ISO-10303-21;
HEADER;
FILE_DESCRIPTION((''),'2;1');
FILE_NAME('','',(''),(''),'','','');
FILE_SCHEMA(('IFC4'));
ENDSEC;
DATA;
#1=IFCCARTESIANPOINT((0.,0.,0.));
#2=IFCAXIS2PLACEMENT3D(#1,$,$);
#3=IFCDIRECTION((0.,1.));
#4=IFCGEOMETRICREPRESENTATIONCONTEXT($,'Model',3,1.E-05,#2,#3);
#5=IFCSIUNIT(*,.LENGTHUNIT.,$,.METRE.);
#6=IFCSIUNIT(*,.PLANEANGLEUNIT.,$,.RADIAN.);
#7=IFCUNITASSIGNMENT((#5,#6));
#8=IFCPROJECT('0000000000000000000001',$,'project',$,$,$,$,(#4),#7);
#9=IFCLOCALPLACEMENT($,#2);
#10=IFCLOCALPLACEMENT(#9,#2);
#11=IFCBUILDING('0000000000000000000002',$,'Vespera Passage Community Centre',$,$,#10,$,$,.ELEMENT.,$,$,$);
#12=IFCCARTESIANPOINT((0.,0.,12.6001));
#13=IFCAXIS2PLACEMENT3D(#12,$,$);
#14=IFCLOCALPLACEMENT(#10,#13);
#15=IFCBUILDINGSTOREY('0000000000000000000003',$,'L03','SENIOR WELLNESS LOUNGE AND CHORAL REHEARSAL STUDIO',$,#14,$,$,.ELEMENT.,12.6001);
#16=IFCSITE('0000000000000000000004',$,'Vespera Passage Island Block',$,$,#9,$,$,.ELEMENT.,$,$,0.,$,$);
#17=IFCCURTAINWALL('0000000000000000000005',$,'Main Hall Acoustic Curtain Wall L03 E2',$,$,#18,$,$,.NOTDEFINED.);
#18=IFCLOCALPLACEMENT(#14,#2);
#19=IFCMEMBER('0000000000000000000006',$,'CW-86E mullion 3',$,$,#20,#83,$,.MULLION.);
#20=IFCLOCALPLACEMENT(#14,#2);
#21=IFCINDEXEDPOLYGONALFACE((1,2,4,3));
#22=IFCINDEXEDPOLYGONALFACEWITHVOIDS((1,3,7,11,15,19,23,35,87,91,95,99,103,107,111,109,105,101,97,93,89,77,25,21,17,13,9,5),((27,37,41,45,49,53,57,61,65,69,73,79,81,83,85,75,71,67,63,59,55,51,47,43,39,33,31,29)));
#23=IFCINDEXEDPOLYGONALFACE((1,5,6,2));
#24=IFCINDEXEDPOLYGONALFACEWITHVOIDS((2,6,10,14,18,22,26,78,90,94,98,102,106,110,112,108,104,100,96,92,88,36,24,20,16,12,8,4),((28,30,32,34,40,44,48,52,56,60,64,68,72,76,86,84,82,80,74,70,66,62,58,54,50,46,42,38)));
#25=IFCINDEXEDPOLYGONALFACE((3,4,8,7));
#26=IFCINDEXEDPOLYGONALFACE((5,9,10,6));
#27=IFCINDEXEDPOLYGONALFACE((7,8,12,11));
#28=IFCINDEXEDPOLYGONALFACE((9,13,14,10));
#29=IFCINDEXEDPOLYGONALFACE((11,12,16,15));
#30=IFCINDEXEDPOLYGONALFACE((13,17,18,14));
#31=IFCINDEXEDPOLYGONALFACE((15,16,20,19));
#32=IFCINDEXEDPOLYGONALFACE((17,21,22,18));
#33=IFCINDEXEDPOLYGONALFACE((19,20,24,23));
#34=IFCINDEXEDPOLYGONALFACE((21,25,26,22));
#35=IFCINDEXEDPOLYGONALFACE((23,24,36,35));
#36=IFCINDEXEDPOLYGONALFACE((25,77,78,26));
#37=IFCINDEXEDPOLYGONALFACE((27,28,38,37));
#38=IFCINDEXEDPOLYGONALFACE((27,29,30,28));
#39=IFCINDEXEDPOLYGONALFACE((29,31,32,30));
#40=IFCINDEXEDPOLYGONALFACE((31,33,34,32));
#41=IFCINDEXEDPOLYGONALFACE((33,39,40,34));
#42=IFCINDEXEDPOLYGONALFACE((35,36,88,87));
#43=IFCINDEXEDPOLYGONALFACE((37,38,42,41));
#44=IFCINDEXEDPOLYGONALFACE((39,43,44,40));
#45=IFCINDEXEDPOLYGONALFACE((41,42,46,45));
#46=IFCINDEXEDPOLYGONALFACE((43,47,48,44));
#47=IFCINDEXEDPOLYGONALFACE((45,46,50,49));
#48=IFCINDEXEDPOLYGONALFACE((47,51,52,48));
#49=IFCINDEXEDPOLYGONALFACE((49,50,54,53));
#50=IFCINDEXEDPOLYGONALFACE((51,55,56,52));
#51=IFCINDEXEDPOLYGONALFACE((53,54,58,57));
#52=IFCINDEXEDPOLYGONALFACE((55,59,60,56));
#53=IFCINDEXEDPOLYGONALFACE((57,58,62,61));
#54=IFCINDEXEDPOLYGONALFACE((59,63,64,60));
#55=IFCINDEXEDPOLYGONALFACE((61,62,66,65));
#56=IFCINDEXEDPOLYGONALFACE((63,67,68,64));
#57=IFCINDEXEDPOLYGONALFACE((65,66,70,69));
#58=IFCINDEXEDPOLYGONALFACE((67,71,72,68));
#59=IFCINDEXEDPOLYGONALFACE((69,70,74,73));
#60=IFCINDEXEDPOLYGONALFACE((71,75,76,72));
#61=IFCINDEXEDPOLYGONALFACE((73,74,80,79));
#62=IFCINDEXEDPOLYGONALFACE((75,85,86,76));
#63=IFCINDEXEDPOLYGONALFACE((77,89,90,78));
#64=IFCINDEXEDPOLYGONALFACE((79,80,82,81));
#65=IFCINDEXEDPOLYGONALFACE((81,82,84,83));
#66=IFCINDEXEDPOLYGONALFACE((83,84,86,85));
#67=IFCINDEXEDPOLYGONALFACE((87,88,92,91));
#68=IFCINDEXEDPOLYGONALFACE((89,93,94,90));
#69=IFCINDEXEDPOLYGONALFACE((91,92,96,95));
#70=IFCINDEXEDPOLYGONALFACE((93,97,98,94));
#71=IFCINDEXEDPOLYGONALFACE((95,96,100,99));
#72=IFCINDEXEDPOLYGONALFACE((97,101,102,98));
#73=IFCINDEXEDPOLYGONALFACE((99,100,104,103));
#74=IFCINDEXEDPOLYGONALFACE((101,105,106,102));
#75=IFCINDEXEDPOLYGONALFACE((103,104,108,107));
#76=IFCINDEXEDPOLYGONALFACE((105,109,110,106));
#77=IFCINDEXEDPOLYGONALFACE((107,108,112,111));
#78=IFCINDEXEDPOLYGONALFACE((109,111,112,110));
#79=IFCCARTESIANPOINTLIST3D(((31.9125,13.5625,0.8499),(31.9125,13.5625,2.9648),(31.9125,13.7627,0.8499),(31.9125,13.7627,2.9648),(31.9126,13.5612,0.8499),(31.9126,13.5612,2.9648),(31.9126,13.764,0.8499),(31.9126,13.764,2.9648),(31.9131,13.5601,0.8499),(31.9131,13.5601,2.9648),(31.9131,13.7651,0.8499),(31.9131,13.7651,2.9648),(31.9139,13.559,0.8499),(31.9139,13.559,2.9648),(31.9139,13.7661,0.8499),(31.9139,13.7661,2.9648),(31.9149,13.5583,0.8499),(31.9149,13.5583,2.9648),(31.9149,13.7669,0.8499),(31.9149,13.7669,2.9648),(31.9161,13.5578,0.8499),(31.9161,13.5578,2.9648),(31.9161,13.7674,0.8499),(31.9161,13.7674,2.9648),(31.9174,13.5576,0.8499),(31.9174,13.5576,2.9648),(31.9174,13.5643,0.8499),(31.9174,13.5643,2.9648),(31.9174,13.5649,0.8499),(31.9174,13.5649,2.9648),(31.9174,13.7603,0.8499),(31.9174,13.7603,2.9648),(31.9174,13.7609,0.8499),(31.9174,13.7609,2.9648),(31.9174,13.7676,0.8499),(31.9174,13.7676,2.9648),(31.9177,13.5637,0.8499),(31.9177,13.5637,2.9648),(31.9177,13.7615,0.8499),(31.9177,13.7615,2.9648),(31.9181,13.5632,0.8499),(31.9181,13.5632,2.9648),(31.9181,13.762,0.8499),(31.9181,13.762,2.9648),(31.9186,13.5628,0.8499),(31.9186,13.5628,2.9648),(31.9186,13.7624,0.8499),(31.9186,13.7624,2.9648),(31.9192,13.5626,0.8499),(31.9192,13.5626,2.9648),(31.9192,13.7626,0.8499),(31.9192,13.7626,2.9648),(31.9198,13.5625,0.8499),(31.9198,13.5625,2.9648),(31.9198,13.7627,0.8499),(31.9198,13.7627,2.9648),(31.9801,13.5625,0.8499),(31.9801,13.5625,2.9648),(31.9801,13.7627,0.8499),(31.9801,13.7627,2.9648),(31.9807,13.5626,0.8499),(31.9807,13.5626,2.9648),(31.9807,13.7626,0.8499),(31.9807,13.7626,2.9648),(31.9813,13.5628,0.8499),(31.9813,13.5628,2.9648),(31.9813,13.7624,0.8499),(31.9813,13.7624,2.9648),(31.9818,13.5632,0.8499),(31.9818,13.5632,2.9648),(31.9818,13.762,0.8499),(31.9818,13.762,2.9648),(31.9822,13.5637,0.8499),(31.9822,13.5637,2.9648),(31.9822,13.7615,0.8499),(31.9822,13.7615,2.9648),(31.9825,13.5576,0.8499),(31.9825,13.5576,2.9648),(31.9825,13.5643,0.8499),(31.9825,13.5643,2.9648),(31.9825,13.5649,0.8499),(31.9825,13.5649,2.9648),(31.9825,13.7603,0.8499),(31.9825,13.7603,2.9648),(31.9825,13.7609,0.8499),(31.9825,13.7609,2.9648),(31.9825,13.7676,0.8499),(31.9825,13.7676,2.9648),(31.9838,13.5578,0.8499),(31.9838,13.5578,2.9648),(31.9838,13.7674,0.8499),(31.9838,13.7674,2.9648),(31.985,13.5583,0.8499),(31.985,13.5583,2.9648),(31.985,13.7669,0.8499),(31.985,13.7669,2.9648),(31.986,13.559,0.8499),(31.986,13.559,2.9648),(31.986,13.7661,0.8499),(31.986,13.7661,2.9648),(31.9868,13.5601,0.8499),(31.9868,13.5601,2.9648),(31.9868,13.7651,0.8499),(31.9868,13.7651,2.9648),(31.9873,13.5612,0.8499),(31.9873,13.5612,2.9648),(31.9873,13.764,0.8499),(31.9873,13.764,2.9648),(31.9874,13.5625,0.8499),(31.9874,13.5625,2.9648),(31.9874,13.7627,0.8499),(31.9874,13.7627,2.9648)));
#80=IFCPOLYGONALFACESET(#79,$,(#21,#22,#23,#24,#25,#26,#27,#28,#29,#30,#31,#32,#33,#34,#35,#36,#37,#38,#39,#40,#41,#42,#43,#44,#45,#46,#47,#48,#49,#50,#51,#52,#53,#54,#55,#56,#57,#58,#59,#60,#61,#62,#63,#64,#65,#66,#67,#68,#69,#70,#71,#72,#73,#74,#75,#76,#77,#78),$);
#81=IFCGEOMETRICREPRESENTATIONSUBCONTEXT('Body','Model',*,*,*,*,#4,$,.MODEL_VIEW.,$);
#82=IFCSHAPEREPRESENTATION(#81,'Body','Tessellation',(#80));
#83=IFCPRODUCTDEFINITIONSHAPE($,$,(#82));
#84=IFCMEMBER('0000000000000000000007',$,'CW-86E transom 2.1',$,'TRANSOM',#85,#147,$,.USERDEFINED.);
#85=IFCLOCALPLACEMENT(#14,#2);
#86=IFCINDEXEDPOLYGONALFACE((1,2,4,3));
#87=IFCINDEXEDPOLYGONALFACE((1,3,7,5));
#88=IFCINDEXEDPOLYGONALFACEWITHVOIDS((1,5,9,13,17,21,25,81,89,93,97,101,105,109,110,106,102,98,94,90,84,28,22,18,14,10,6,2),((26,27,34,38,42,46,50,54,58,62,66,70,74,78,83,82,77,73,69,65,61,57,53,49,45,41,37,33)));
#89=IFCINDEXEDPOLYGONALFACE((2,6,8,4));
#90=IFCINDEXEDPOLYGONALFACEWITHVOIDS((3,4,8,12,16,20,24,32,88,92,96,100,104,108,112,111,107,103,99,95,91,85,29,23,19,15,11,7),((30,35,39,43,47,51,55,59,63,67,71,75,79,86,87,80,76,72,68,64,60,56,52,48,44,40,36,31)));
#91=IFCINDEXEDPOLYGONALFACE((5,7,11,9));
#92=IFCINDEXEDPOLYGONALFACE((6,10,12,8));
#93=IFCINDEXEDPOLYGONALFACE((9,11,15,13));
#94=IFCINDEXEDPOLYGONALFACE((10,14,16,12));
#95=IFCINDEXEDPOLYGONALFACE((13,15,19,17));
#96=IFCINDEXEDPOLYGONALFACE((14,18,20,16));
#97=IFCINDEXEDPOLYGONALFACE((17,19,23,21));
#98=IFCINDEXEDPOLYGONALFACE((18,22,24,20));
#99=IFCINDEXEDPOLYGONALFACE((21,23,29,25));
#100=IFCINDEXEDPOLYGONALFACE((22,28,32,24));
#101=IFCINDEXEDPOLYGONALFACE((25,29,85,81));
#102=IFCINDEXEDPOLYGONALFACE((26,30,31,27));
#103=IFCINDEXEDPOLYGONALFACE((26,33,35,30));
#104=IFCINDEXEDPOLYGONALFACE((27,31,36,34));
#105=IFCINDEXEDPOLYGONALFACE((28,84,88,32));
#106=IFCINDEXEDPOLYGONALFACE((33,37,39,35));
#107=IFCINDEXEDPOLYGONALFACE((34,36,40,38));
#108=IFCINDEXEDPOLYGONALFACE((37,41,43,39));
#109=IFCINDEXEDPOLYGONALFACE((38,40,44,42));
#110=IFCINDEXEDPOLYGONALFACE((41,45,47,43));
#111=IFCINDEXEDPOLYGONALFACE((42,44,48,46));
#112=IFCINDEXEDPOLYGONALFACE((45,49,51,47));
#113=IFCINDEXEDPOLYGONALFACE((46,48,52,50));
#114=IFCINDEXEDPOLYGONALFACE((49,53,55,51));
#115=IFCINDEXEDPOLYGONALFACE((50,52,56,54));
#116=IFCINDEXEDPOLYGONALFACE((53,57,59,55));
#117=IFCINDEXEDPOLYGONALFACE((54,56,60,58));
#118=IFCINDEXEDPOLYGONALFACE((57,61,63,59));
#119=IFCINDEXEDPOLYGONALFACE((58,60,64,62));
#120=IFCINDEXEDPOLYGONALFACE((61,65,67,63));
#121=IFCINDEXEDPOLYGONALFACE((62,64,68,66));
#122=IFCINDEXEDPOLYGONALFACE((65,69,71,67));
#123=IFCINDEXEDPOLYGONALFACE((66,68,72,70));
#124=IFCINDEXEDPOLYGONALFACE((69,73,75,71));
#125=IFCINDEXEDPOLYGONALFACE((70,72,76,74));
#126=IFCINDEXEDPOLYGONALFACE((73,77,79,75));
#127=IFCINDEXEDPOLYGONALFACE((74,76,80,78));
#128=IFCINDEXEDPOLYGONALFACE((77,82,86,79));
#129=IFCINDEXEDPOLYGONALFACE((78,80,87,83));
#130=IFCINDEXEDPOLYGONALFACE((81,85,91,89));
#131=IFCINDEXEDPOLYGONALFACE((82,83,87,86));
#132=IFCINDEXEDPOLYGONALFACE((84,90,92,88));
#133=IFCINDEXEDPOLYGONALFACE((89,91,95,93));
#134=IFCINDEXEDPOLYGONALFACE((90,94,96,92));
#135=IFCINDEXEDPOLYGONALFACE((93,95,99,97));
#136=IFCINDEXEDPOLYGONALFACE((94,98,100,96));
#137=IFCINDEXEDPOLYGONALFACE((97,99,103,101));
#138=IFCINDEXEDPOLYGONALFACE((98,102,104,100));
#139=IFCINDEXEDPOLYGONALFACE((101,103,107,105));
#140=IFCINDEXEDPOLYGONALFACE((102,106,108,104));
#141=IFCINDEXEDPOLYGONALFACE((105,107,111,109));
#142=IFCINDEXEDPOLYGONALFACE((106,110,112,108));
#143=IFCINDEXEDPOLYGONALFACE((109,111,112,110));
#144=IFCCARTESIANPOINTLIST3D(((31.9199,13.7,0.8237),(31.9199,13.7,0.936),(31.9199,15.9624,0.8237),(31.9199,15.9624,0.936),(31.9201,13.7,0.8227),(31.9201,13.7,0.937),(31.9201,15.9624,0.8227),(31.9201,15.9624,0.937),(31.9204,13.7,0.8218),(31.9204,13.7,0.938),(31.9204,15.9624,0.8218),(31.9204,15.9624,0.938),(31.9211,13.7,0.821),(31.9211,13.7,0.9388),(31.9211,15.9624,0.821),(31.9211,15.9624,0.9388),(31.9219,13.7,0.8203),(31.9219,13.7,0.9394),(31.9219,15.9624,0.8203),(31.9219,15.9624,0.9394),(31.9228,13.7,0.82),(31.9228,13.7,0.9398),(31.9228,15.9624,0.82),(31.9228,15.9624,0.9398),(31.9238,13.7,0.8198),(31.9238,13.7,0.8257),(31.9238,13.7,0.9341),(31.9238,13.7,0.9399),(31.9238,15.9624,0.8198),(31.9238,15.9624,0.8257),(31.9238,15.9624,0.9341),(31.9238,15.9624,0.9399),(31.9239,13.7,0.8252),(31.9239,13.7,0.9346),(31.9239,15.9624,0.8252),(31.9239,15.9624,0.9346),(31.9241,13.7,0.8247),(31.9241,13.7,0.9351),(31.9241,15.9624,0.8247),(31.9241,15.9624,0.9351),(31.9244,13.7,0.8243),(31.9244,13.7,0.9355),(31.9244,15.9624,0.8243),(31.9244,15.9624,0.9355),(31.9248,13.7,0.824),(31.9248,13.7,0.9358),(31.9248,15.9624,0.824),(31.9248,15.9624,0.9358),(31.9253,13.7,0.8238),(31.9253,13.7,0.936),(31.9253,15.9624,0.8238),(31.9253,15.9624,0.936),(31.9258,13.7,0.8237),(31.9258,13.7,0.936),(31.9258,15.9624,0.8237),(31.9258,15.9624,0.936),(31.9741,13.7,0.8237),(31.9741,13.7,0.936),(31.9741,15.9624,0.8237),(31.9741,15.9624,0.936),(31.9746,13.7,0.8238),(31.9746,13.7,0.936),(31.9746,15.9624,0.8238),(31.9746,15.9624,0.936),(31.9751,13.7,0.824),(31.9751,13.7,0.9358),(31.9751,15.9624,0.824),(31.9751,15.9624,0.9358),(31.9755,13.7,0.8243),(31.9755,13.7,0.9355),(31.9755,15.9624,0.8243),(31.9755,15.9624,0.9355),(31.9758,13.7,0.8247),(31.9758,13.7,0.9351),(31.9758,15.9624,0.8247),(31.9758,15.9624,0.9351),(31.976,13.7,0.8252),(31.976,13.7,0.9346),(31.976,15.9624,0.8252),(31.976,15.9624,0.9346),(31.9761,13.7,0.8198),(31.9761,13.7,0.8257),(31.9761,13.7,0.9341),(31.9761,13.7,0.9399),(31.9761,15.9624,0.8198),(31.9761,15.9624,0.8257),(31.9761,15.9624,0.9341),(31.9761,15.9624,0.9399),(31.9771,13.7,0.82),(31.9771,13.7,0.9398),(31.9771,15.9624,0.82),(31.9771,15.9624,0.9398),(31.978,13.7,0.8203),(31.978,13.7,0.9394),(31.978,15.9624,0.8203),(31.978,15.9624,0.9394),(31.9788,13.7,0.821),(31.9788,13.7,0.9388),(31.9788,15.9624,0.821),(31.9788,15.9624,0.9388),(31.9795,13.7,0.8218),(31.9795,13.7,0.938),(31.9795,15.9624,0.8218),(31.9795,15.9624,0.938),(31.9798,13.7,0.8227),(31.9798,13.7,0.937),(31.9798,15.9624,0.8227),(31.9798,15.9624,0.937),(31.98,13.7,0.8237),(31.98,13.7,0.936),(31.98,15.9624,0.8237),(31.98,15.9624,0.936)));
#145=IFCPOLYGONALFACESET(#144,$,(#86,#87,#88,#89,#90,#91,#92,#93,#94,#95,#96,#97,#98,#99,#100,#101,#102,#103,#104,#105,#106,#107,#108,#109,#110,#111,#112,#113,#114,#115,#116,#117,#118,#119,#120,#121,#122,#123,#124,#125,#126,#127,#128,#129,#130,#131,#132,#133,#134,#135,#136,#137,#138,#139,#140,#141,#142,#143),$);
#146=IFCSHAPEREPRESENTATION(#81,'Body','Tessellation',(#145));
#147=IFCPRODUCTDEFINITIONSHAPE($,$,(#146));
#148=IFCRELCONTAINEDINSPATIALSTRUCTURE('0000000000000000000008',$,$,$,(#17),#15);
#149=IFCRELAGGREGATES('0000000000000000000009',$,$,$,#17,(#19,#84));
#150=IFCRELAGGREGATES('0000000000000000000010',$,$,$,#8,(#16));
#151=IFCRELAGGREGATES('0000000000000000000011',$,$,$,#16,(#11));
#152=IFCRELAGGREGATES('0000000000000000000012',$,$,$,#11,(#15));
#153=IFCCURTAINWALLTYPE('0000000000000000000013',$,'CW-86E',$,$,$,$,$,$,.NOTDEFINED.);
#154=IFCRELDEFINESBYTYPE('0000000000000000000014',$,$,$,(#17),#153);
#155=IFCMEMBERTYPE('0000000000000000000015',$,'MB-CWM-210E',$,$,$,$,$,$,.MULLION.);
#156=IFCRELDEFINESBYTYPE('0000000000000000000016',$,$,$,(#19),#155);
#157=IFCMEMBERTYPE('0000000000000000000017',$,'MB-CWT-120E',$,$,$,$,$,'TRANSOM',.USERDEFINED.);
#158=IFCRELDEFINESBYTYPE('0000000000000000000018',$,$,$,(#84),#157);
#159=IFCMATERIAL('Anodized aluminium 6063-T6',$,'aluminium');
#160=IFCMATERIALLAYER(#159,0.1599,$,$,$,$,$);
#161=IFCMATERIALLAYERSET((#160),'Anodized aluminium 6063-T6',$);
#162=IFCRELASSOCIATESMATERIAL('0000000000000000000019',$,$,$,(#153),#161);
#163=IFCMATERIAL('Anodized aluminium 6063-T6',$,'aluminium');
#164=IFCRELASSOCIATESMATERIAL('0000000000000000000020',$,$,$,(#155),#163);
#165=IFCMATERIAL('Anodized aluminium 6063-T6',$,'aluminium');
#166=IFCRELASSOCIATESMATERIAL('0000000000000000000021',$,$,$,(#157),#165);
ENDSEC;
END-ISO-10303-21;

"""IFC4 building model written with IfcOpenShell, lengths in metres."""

from ifc_helpers import new_model, si_unit, direction, frame, origin, origin_2d, place, context, subcontext, project, spatial, hollow_rectangle, extrude, material, layer, layer_set, material_profile, profile_set, type_object, element, aggregate, save


model = new_model("IFC4")

# Units and contexts
model_context = context("Model", 3, precision=1e-05, world=origin(), true_north=direction((0.0, 1.0)))
body_context = subcontext(model_context, "Body", "Model", "MODEL_VIEW")
ifc_project = project(units=[si_unit("LENGTHUNIT", "METRE"), si_unit("PLANEANGLEUNIT", "RADIAN")], contexts=[model_context])

# Site, building, storey
site_placement = place(None, origin())
site = spatial("IfcSite", under=ifc_project, at=site_placement, Name="Vespera Passage Island Block", CompositionType="ELEMENT", RefElevation=0.0)
building_placement = place(site_placement, origin())
building = spatial("IfcBuilding", under=site, at=building_placement, Name="Vespera Passage Community Centre", CompositionType="ELEMENT")
storey_placement = place(building_placement, frame((0.0, 0.0, 12.6001)))
storey = spatial("IfcBuildingStorey", under=building, at=storey_placement, Name="L03", Description="SENIOR WELLNESS LOUNGE AND CHORAL REHEARSAL STUDIO", CompositionType="ELEMENT", Elevation=12.6001)

# Curtain wall, members
ifc_material_1 = material(Name="Anodized aluminium 6063-T6", Category="aluminium")
ifc_layer_1 = layer(ifc_material_1, 0.1599)
ifc_layer_set_1 = layer_set([ifc_layer_1], Name="Anodized aluminium 6063-T6")
curtain_wall_type_1 = type_object("IfcCurtainWallType", Name="CW-86E", PredefinedType="NOTDEFINED", material=ifc_layer_set_1)
curtain_wall_1_placement = place(storey_placement, origin())
curtain_wall_1 = element("IfcCurtainWall", 1, at=curtain_wall_1_placement, inside=storey, type_object=curtain_wall_type_1, Name="Main Hall Acoustic Curtain Wall L03 E2", PredefinedType="NOTDEFINED")
ifc_material_2 = material(Name="Anodized aluminium 6063-T6", Category="aluminium")
ifc_material_profile_1 = material_profile(ifc_material_2, hollow_rectangle(XDim=0.075, YDim=0.21, WallThickness=0.0049, InnerFilletRadius=0.0024, OuterFilletRadius=0.0049, at=origin_2d()), Name="ALU210X75X5")
ifc_profile_set_1 = profile_set([ifc_material_profile_1], Name="Anodized aluminium 6063-T6")
member_type_1 = type_object("IfcMemberType", Name="MB-CWM-210E", PredefinedType="MULLION", material=ifc_profile_set_1)
member_1_placement = place(storey_placement, frame((31.95, 13.6626, 0.8499), z_axis=(0.0, 0.0, 1.0), x_axis=(1.0, 0.0, 0.0)))
member_1 = element("IfcMember", 2, at=member_1_placement, type_object=member_type_1, Name="CW-86E mullion 3", PredefinedType="MULLION", context=body_context, shape_type="SweptSolid", body=[
    extrude(hollow_rectangle(XDim=0.075, YDim=0.21, WallThickness=0.0049, InnerFilletRadius=0.0024, OuterFilletRadius=0.0049, at=origin_2d()), origin(), (0.0, 0.0, 1.0), 2.115),
])
ifc_material_3 = material(Name="Anodized aluminium 6063-T6", Category="aluminium")
ifc_material_profile_2 = material_profile(ifc_material_3, hollow_rectangle(XDim=0.0601, YDim=0.1201, WallThickness=0.0039, InnerFilletRadius=0.002, OuterFilletRadius=0.0039, at=origin_2d()), Name="ALU120X60X4")
ifc_profile_set_2 = profile_set([ifc_material_profile_2], Name="Anodized aluminium 6063-T6")
member_type_2 = type_object("IfcMemberType", Name="MB-CWT-120E", ElementType="TRANSOM", PredefinedType="USERDEFINED", material=ifc_profile_set_2)
member_2_placement = place(storey_placement, frame((31.95, 15.9624, 0.8799), z_axis=(0.0, -1.0, 0.0), x_axis=(1.0, 0.0, 0.0)))
member_2 = element("IfcMember", 3, at=member_2_placement, type_object=member_type_2, Name="CW-86E transom 2.1", ObjectType="TRANSOM", PredefinedType="USERDEFINED", context=body_context, shape_type="SweptSolid", body=[
    extrude(hollow_rectangle(XDim=0.0601, YDim=0.1201, WallThickness=0.0039, InnerFilletRadius=0.002, OuterFilletRadius=0.0039, at=origin_2d()), origin(), (0.0, 0.0, 1.0), 2.2625),
])

aggregate(curtain_wall_1, [member_1, member_2])

save(model, "model.ifc")
